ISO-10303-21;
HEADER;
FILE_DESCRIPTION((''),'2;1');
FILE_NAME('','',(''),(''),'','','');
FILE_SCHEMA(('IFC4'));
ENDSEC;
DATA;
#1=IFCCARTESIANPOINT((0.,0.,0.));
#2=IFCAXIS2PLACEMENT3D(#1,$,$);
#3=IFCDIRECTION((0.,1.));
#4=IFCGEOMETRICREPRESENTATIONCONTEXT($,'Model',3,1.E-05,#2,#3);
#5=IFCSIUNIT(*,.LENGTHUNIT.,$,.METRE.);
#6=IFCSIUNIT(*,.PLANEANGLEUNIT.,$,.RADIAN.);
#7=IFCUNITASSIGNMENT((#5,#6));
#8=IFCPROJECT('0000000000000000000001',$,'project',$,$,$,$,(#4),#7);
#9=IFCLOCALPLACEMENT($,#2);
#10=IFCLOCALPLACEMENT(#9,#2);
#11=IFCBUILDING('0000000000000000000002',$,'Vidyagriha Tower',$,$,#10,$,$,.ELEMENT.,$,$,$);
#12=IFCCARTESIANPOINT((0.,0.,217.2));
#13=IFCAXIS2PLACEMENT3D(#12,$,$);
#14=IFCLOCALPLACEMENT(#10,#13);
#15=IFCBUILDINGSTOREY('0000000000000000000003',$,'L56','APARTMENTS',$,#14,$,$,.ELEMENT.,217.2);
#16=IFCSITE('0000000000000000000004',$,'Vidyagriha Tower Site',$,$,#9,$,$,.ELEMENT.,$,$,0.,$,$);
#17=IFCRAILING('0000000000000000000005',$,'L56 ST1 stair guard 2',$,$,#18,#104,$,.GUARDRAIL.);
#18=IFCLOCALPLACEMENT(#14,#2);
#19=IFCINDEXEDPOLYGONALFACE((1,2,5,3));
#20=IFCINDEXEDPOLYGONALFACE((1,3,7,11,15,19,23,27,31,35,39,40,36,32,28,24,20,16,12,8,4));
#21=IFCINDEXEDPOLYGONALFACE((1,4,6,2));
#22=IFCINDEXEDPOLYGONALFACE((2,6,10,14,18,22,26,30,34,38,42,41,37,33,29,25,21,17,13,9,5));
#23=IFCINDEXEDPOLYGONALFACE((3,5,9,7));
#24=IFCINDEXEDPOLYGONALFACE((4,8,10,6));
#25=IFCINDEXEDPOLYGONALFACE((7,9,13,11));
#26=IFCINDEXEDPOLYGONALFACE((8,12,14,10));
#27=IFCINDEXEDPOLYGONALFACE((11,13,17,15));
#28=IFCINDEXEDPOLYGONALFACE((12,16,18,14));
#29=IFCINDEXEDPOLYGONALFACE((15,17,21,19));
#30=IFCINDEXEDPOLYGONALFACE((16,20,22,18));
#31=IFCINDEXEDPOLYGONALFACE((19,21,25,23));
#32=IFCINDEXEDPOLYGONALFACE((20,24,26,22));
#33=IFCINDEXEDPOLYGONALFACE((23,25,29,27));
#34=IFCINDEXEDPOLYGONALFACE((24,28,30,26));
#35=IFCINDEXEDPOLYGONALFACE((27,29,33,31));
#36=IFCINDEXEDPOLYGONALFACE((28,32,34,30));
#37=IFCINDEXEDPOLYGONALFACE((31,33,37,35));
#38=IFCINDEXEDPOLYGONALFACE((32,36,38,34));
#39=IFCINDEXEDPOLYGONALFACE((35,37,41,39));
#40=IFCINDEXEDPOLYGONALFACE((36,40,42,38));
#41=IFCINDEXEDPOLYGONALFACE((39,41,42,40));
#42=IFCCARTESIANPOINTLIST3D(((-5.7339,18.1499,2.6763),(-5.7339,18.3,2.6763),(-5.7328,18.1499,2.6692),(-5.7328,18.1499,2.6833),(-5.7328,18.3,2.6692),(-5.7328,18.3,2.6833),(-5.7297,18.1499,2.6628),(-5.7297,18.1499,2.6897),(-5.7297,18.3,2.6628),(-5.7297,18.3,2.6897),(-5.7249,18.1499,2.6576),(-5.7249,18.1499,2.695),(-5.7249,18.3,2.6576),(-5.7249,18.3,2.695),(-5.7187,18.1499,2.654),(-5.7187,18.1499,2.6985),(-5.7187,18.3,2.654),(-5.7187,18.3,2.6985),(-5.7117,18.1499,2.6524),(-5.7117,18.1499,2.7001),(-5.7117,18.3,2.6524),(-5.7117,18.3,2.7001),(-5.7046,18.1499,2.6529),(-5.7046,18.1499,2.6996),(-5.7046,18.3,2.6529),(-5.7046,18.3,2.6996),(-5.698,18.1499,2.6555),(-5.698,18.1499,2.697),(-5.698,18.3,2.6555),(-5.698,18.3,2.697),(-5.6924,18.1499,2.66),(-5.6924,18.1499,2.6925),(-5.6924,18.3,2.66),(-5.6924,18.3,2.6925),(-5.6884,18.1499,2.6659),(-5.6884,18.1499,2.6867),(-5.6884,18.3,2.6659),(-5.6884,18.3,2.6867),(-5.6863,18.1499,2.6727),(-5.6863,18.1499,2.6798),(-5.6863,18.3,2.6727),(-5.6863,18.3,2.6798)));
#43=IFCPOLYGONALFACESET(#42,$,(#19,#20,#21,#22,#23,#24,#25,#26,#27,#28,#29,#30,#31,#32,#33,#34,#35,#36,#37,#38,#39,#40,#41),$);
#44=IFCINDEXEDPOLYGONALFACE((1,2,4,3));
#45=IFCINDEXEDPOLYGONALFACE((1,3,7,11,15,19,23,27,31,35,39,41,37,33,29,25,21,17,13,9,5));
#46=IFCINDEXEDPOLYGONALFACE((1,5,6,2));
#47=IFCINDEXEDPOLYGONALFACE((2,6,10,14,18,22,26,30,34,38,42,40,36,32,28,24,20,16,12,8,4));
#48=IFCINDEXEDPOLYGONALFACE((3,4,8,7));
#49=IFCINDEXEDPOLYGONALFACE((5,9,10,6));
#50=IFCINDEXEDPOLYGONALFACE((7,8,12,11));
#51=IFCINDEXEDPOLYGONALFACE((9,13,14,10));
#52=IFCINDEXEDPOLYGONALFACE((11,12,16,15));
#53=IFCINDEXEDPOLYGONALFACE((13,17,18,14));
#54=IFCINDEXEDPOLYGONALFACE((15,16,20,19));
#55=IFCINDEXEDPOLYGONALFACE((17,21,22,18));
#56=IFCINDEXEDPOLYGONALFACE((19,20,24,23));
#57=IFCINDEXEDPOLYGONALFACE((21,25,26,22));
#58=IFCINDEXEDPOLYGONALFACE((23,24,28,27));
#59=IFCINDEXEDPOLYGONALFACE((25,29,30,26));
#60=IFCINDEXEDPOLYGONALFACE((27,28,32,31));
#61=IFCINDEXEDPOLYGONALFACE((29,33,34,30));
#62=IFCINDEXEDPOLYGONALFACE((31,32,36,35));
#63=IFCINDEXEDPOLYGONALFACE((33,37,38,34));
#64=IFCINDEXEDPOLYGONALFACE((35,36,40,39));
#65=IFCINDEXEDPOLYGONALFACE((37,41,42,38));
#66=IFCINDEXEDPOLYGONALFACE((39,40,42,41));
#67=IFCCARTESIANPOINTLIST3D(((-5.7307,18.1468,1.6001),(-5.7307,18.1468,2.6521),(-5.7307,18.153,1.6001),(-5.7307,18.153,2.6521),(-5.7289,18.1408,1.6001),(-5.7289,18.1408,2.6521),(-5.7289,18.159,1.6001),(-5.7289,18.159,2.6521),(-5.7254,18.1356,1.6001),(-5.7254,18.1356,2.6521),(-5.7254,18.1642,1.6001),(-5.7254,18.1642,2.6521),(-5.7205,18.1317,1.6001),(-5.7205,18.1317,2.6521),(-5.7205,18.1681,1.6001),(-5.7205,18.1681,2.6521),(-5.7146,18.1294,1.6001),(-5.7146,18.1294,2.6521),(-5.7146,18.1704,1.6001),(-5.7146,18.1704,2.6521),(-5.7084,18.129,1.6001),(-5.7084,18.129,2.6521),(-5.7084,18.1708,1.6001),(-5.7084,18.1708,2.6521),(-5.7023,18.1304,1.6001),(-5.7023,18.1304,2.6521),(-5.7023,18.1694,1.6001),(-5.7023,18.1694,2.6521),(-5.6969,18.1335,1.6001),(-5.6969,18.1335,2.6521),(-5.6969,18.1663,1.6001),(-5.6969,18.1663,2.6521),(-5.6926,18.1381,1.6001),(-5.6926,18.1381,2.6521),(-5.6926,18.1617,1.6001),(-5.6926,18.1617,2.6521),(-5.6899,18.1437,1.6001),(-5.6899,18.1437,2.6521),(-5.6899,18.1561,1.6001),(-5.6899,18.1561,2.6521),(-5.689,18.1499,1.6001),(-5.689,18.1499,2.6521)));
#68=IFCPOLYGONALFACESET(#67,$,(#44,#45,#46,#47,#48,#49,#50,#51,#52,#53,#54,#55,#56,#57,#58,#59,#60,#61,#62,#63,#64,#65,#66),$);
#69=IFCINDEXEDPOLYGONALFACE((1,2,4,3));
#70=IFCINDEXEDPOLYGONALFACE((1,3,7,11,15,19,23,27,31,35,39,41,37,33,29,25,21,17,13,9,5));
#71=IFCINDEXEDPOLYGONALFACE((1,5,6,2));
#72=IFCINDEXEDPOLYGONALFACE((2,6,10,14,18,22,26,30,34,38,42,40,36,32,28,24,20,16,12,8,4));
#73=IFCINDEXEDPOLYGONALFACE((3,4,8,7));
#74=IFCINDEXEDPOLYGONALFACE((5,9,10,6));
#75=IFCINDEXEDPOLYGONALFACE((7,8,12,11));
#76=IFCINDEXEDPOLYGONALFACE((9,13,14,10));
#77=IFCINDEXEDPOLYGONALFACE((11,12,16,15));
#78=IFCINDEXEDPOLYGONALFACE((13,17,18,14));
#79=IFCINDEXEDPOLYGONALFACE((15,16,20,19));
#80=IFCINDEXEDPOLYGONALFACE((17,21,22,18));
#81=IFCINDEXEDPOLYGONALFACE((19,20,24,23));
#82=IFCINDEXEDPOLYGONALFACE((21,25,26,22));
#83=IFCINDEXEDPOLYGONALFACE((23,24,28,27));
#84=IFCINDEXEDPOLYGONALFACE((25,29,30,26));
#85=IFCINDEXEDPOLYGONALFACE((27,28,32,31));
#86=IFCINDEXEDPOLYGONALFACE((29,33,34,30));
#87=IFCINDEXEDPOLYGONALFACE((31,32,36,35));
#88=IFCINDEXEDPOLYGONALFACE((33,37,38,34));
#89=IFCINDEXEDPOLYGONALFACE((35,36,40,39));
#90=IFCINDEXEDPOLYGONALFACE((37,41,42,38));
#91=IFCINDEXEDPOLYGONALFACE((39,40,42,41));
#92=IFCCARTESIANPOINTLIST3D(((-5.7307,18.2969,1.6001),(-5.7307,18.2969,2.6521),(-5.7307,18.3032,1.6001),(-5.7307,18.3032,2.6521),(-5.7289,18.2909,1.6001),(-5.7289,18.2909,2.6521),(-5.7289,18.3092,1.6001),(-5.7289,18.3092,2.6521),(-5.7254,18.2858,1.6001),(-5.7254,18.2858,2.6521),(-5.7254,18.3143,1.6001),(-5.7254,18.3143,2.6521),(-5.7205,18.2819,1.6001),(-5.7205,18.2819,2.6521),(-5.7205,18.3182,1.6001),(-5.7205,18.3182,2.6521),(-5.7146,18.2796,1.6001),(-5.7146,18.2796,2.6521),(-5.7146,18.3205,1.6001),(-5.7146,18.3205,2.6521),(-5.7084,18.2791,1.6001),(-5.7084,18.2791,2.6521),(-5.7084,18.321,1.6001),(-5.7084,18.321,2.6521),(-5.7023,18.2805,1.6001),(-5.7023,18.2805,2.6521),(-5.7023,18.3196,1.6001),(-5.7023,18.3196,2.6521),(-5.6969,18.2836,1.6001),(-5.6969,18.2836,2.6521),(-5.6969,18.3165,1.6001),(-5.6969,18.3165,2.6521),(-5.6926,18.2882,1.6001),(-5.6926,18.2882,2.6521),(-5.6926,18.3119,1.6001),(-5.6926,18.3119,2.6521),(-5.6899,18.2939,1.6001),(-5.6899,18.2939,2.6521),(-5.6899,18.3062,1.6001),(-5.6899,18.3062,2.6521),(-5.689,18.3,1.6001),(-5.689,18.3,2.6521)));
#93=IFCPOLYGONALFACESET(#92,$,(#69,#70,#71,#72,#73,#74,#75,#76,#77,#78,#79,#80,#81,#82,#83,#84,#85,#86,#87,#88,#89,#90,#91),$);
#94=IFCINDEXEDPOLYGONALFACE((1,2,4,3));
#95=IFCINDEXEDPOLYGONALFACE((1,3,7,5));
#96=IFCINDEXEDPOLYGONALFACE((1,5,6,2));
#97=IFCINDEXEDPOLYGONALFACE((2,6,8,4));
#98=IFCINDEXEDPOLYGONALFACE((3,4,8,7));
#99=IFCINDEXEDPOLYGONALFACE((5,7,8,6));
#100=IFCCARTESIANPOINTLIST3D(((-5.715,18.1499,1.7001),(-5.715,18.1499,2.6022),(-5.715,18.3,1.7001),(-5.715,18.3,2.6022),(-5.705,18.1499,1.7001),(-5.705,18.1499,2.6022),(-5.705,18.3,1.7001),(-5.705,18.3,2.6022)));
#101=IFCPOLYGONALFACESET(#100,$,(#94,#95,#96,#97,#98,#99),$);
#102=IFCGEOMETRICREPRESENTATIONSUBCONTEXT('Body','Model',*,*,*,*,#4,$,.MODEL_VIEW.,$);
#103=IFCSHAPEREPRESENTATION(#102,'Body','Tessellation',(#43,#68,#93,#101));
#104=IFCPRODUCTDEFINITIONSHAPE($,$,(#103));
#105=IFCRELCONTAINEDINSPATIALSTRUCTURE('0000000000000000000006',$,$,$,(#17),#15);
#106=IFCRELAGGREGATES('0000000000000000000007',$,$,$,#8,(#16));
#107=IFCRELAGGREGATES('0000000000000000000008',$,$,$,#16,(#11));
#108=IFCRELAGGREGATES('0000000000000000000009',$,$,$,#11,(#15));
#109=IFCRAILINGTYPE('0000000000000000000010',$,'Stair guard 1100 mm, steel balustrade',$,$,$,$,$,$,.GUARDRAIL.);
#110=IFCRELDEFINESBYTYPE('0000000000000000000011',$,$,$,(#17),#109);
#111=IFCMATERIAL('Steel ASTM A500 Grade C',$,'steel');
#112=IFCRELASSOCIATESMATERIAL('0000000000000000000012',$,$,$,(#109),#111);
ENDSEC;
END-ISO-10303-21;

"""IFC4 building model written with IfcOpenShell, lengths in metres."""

from ifc_helpers import new_model, si_unit, direction, frame, origin, origin_2d, place, context, subcontext, project, spatial, rectangle, circle, extrude, material, type_object, element, save


model = new_model("IFC4")

# Units and contexts
model_context = context("Model", 3, precision=1e-05, world=origin(), true_north=direction((0.0, 1.0)))
body_context = subcontext(model_context, "Body", "Model", "MODEL_VIEW")
ifc_project = project(units=[si_unit("LENGTHUNIT", "METRE"), si_unit("PLANEANGLEUNIT", "RADIAN")], contexts=[model_context])

# Site, building, storey
site_placement = place(None, origin())
site = spatial("IfcSite", under=ifc_project, at=site_placement, Name="Vidyagriha Tower Site", CompositionType="ELEMENT", RefElevation=0.0)
building_placement = place(site_placement, origin())
building = spatial("IfcBuilding", under=site, at=building_placement, Name="Vidyagriha Tower", CompositionType="ELEMENT")
storey_placement = place(building_placement, frame((0.0, 0.0, 217.2)))
storey = spatial("IfcBuildingStorey", under=building, at=storey_placement, Name="L56", Description="APARTMENTS", CompositionType="ELEMENT", Elevation=217.2)

# Railing
ifc_material_1 = material(Name="Steel ASTM A500 Grade C", Category="steel")
railing_type_1 = type_object("IfcRailingType", Name="Stair guard 1100 mm, steel balustrade", PredefinedType="GUARDRAIL", material=ifc_material_1)
railing_1_placement = place(storey_placement, frame((-5.71, 18.1499, 1.6001)))
element("IfcRailing", 1, at=railing_1_placement, inside=storey, type_object=railing_type_1, Name="L56 ST1 stair guard 2", PredefinedType="GUARDRAIL", context=body_context, shape_type="SweptSolid", body=[
    extrude(circle(Radius=0.0239, at=origin_2d()), frame((0.0, 0.0, 1.0762), z_axis=(0.0, 1.0, 0.0), x_axis=(-1.0, 0.0, 0.0)), (0.0, 0.0, 1.0), 0.1501),
    extrude(circle(Radius=0.021, at=origin_2d()), origin(), (0.0, 0.0, 1.0), 1.052),
    extrude(circle(Radius=0.021, at=origin_2d()), frame((0.0, 0.1501, 0.0)), (0.0, 0.0, 1.0), 1.052),
    extrude(rectangle(XDim=0.01, YDim=0.9021, at=origin_2d()), frame((0.0, 0.0, 0.551), z_axis=(0.0, 1.0, 0.0), x_axis=(-1.0, 0.0, 0.0)), (0.0, 0.0, 1.0), 0.1501),
])

save(model, "model.ifc")
